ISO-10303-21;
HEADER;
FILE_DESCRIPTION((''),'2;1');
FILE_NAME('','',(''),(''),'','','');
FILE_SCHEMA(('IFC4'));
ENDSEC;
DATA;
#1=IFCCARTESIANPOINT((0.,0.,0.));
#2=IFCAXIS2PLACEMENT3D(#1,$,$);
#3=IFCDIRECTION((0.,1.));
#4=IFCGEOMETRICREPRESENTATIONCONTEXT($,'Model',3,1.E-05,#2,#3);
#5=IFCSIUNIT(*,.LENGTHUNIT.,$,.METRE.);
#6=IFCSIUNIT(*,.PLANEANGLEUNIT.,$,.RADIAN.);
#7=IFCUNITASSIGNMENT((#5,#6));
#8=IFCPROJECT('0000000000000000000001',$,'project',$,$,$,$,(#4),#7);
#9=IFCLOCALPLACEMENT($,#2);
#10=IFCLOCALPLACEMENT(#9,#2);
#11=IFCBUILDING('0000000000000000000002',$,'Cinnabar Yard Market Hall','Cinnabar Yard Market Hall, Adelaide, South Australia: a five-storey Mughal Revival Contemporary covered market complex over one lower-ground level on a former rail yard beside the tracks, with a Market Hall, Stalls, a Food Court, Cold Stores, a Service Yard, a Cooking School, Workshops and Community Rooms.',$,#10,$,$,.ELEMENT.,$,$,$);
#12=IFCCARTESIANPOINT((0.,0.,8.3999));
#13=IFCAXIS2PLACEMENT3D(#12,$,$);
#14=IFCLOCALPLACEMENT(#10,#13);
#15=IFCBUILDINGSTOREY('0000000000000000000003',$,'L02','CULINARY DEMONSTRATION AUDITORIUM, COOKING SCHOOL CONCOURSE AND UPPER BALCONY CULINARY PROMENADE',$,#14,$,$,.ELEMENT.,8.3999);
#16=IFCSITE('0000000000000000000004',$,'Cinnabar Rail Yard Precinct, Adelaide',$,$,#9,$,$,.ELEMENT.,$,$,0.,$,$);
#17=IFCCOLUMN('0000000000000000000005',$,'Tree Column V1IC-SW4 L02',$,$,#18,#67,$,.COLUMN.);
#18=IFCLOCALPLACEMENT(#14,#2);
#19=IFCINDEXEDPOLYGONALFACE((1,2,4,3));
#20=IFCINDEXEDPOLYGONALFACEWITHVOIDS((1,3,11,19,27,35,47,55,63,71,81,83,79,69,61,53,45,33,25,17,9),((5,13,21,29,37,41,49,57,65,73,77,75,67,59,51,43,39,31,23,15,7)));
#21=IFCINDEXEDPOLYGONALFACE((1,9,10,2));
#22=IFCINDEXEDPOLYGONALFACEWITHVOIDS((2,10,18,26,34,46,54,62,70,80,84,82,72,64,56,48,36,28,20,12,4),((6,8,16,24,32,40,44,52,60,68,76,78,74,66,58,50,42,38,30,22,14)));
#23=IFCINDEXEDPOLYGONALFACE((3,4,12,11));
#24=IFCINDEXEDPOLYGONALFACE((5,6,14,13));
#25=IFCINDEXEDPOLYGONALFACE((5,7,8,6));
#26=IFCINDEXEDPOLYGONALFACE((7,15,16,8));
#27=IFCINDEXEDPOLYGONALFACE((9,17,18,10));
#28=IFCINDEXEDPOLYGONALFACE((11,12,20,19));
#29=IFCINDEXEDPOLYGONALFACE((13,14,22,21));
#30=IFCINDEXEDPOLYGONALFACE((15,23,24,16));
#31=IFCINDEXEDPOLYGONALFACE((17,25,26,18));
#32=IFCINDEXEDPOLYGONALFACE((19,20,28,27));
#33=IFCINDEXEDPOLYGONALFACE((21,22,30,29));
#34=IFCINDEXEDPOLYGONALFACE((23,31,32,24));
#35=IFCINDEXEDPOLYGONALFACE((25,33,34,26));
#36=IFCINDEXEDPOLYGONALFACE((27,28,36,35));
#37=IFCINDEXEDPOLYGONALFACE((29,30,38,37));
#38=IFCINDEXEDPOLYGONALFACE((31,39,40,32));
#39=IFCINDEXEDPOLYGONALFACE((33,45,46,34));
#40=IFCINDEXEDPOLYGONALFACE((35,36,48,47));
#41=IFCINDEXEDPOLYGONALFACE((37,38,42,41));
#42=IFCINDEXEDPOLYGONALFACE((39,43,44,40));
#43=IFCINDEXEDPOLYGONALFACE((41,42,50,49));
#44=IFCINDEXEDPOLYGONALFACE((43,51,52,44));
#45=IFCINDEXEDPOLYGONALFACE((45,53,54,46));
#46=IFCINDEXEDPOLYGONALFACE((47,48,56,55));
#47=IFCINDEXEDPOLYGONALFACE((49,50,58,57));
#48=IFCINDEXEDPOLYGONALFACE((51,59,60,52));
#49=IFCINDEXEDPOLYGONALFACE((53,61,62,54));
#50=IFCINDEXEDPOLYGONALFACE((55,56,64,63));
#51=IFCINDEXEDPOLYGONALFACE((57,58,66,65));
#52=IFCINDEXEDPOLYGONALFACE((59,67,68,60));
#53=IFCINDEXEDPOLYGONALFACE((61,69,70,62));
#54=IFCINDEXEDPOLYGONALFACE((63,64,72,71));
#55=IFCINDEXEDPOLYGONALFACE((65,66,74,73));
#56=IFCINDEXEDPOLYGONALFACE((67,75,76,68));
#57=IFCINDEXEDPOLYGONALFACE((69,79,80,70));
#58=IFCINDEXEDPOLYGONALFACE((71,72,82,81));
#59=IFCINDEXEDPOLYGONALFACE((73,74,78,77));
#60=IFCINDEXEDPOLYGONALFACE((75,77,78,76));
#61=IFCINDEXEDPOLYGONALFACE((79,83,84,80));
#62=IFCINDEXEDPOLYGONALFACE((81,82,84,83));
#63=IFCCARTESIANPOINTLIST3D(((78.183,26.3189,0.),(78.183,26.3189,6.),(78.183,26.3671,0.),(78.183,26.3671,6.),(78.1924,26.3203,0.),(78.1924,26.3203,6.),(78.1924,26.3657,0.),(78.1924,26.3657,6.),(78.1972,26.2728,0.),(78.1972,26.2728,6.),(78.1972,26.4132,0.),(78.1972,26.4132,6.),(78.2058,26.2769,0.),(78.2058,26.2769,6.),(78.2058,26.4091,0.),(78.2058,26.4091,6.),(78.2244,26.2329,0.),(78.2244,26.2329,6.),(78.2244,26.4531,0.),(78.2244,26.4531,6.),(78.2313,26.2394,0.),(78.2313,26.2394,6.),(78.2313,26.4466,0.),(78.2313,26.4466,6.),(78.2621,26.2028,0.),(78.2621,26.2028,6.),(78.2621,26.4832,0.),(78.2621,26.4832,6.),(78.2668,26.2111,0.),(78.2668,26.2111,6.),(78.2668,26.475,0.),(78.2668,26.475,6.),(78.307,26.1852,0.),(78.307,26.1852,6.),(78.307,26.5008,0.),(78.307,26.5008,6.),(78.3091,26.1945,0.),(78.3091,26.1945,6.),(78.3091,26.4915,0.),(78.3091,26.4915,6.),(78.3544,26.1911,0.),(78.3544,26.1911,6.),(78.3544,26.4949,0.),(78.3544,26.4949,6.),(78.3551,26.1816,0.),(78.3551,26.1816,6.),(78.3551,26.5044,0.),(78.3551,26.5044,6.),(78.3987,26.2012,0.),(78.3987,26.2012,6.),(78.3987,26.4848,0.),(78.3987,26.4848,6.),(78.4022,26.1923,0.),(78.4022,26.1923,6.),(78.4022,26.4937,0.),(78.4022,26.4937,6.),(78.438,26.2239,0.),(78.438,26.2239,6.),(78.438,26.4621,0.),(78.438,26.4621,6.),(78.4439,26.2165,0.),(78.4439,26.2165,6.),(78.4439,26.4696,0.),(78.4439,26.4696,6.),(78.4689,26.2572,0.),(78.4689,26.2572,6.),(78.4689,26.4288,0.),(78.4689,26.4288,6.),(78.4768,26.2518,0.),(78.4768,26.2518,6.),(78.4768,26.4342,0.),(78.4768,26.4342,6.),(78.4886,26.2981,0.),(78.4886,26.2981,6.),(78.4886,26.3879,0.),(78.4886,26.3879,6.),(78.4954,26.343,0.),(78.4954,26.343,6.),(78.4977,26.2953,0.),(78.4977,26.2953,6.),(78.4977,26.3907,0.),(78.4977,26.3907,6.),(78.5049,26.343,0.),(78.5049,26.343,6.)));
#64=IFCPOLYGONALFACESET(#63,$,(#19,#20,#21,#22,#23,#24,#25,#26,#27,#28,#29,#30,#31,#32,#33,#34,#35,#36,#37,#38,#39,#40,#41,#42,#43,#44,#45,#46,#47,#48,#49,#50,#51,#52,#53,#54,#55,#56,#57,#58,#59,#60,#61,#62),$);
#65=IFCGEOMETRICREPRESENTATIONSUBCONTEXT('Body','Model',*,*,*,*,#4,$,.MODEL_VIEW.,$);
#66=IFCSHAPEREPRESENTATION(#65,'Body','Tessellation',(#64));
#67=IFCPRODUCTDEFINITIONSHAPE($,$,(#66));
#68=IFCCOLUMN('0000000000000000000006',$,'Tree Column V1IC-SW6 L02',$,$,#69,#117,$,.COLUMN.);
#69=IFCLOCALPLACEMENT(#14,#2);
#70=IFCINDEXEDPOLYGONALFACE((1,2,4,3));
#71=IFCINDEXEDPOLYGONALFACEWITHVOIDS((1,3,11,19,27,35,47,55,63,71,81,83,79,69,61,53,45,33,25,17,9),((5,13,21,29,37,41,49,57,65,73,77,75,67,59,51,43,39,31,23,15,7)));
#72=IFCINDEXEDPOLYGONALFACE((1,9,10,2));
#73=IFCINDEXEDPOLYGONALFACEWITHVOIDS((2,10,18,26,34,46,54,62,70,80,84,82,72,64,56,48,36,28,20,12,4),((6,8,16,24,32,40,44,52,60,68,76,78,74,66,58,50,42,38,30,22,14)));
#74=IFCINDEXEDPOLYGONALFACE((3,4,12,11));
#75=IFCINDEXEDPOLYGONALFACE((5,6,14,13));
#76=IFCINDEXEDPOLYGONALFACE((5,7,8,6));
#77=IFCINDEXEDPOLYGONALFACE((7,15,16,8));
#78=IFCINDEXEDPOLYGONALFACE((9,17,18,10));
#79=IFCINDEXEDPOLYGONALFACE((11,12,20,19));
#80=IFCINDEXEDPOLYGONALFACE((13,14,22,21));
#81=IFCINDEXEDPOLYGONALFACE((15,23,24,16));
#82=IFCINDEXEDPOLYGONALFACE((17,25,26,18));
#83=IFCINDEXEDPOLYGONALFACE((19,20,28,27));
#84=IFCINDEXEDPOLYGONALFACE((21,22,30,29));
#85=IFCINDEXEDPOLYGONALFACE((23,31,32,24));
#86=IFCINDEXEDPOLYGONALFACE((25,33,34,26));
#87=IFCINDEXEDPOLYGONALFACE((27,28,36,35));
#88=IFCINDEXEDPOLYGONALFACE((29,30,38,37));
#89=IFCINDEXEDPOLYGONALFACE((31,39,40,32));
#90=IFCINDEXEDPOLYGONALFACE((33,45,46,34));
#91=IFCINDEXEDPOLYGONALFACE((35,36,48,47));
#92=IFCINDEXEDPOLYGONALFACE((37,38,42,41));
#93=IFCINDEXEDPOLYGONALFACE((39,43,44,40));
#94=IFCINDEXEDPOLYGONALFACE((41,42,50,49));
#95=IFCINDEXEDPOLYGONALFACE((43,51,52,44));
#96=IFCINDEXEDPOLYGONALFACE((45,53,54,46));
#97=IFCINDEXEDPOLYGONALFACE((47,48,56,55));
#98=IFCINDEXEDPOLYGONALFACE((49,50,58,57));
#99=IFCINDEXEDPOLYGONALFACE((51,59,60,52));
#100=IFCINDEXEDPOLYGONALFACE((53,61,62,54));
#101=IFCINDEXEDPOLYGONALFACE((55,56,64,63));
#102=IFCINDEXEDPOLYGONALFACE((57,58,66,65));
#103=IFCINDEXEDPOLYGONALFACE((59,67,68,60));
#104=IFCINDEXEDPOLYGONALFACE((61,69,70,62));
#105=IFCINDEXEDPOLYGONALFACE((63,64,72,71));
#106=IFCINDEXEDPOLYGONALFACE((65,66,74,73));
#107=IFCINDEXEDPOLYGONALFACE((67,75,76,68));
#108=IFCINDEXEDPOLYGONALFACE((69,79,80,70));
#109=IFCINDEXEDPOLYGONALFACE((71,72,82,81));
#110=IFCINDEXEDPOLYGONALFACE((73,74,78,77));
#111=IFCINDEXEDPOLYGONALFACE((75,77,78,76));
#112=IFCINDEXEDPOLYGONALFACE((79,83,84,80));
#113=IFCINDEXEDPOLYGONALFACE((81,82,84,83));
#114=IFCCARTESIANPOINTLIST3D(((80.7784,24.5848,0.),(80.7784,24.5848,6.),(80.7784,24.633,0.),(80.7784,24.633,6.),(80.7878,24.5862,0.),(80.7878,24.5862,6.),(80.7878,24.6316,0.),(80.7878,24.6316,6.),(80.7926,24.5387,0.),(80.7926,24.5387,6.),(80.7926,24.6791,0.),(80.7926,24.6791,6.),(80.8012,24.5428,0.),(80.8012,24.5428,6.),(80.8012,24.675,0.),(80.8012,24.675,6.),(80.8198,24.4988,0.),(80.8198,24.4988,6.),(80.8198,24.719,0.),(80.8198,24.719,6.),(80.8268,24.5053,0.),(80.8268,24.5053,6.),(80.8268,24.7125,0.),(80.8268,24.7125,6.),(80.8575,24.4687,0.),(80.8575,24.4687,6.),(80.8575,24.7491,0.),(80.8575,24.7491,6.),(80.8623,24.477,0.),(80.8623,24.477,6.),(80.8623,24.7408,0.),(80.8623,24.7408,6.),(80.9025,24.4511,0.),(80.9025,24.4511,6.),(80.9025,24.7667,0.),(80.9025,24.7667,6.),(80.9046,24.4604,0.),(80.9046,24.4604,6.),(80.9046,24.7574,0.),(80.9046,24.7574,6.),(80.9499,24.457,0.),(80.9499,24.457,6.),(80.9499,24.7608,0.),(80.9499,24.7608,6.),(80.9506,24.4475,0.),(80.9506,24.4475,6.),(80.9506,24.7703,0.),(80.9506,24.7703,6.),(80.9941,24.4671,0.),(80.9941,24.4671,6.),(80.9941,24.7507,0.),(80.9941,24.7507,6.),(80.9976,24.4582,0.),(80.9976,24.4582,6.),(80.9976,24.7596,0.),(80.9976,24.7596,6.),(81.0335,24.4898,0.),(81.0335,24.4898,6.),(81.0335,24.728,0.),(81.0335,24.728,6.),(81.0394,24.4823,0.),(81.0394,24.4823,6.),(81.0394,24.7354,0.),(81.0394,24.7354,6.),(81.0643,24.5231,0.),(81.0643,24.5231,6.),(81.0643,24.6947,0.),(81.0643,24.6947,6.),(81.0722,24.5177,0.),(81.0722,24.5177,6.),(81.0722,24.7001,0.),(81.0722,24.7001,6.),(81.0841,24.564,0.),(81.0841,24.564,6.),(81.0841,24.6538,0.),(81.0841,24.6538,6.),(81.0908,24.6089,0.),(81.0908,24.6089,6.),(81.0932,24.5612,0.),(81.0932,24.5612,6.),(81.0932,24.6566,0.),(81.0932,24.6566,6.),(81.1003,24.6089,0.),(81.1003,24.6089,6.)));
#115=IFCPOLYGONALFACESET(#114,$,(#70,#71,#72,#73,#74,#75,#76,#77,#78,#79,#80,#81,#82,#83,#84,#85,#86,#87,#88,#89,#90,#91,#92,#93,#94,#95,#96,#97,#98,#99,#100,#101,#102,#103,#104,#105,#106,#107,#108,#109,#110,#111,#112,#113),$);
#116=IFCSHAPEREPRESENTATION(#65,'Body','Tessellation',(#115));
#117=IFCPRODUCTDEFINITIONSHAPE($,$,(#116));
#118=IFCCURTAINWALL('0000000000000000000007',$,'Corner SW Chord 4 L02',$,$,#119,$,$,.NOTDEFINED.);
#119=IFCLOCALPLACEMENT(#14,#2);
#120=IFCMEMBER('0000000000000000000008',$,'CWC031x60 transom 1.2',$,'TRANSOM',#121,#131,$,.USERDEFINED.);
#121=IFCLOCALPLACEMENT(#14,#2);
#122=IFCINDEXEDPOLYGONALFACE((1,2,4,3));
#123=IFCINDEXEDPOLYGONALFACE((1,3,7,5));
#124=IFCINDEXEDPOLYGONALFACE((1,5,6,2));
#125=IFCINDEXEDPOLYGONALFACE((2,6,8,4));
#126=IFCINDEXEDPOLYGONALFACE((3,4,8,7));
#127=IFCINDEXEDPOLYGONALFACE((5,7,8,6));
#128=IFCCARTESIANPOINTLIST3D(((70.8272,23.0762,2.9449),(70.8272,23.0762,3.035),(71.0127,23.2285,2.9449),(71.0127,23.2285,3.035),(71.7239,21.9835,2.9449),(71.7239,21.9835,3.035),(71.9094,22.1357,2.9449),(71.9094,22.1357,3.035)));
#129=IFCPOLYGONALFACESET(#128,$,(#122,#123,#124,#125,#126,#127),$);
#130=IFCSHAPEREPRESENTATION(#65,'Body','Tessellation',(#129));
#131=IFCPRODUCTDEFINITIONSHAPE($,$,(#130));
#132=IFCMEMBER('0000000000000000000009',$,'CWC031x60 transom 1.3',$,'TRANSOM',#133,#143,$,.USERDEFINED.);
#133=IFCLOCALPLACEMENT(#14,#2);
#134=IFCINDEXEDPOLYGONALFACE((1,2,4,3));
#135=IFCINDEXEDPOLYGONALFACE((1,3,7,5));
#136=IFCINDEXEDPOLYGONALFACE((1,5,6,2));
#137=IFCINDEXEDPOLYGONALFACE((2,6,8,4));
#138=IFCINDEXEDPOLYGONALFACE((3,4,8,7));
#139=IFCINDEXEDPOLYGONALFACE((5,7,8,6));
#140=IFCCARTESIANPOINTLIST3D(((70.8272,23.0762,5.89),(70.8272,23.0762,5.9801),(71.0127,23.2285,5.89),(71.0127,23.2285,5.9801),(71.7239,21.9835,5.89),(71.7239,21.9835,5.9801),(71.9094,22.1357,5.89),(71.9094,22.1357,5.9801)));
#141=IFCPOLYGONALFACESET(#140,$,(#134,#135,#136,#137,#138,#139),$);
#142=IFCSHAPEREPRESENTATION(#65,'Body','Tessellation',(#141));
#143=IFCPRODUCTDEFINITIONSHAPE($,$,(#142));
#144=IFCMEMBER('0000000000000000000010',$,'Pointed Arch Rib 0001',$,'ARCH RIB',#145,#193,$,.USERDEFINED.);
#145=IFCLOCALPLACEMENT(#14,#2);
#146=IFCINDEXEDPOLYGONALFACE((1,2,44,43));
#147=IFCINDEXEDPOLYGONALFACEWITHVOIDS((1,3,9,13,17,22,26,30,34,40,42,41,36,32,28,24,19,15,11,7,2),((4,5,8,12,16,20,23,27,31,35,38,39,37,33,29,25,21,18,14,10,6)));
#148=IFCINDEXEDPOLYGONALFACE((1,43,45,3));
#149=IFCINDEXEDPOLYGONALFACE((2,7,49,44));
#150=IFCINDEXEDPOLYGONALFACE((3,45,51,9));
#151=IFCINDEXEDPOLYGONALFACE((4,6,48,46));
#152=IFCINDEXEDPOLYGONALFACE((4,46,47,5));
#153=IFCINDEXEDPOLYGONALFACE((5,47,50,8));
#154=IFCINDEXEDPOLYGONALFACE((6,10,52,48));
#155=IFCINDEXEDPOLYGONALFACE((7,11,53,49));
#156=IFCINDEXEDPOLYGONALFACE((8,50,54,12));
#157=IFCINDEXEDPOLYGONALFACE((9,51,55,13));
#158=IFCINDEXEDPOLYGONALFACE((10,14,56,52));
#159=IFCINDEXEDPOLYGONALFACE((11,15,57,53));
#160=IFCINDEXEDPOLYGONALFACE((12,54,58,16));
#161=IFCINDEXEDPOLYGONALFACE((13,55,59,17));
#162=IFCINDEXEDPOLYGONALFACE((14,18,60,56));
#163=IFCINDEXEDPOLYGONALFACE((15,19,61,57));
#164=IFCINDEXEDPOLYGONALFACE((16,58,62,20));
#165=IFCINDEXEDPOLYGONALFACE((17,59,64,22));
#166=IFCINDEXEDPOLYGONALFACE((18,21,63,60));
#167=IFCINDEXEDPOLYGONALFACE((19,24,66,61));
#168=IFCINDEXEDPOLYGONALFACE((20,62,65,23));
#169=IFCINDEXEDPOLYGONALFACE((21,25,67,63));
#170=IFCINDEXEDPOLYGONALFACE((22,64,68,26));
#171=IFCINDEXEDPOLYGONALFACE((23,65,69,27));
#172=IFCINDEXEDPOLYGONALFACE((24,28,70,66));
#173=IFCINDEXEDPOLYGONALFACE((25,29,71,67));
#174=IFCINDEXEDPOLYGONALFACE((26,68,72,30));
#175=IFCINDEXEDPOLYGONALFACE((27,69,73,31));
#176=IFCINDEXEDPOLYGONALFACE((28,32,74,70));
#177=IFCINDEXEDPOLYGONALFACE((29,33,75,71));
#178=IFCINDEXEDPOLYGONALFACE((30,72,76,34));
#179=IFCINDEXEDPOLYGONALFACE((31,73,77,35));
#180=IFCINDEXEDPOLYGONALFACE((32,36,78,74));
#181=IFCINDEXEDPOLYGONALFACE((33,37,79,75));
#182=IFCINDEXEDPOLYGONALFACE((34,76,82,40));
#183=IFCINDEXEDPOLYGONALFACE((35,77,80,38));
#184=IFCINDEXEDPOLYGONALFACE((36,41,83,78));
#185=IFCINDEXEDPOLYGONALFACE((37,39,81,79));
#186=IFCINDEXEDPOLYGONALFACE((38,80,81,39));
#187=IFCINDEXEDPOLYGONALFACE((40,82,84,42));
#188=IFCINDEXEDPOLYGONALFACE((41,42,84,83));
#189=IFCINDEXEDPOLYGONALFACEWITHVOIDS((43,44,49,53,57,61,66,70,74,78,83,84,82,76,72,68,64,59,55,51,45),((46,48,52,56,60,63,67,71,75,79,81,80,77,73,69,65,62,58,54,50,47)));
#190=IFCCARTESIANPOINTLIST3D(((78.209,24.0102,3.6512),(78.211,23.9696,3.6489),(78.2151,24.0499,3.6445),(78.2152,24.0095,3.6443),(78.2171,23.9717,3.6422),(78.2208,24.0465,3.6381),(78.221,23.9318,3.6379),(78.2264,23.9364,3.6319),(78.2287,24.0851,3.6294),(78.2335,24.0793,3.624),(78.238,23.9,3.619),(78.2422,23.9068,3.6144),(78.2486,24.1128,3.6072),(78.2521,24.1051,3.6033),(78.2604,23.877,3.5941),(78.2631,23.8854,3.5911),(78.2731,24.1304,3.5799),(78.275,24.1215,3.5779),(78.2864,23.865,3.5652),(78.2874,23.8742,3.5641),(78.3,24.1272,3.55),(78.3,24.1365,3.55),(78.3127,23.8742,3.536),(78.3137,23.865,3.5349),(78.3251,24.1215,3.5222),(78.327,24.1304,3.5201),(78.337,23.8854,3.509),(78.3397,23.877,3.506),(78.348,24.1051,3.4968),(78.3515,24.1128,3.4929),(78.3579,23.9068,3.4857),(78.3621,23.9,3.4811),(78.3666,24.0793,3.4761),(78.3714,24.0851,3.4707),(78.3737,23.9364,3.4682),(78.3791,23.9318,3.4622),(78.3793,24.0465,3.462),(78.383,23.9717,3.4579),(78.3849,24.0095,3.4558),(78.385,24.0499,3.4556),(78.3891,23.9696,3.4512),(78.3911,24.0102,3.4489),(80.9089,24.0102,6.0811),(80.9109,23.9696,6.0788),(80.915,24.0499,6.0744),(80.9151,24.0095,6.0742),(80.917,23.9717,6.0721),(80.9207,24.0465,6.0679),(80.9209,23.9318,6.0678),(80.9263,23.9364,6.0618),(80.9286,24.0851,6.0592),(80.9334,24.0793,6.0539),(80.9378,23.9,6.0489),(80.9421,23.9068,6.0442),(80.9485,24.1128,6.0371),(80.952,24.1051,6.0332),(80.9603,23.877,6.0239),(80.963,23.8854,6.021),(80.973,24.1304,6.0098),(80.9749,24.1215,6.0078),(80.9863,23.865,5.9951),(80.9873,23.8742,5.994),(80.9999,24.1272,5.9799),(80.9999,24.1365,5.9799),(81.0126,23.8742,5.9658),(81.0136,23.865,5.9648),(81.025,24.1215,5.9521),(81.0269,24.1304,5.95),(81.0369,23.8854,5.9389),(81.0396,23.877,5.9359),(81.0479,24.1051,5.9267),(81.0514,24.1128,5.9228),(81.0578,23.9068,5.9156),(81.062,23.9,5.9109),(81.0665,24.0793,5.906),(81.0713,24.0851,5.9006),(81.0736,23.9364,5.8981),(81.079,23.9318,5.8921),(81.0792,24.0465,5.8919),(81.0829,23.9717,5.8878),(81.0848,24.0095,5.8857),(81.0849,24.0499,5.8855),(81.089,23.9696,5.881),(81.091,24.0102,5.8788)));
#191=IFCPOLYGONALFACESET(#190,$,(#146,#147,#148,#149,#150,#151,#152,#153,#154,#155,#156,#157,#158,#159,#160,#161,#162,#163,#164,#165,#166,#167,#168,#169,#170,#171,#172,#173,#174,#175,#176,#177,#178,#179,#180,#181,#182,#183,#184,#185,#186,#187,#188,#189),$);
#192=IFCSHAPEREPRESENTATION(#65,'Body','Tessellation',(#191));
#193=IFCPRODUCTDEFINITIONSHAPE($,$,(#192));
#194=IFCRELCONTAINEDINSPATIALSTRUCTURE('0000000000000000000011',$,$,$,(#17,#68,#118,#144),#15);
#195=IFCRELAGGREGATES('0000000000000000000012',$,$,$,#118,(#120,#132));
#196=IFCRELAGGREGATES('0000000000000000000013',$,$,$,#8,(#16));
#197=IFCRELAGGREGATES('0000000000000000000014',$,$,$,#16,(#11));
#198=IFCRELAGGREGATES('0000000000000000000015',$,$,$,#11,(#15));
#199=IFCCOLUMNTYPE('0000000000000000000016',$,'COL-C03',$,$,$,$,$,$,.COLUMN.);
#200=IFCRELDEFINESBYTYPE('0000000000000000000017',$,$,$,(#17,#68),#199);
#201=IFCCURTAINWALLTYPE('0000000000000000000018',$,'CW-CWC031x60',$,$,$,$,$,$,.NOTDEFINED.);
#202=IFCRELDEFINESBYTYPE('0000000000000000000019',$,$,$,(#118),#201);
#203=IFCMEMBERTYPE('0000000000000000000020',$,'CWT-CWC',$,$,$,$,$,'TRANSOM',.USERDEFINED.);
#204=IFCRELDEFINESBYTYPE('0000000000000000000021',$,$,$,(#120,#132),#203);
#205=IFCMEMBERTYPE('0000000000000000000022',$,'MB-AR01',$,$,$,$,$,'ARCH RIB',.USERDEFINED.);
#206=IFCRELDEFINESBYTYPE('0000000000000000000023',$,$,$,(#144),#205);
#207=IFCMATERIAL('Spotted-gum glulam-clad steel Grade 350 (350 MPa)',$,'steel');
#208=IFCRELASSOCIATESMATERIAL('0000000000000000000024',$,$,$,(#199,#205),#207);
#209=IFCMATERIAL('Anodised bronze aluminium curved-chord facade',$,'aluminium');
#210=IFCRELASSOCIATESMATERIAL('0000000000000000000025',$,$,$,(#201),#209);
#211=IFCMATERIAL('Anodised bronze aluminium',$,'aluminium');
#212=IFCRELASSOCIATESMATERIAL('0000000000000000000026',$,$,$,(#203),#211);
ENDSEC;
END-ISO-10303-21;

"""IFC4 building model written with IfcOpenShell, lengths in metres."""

from ifc_helpers import new_model, si_unit, direction, frame, origin, origin_2d_with_axis, place, context, subcontext, project, spatial, rectangle, hollow_circle, extrude, material, material_profile, profile_set, type_object, element, aggregate, save


model = new_model("IFC4")

# Units and contexts
model_context = context("Model", 3, precision=1e-05, world=origin(), true_north=direction((0.0, 1.0)))
body_context = subcontext(model_context, "Body", "Model", "MODEL_VIEW")
ifc_project = project(units=[si_unit("LENGTHUNIT", "METRE"), si_unit("PLANEANGLEUNIT", "RADIAN")], contexts=[model_context])

# Site, building, storey
site_placement = place(None, origin())
site = spatial("IfcSite", under=ifc_project, at=site_placement, Name="Cinnabar Rail Yard Precinct, Adelaide", CompositionType="ELEMENT", RefElevation=0.0)
building_placement = place(site_placement, origin())
building = spatial("IfcBuilding", under=site, at=building_placement, Name="Cinnabar Yard Market Hall", Description="Cinnabar Yard Market Hall, Adelaide, South Australia: a five-storey Mughal Revival Contemporary covered market complex over one lower-ground level on a former rail yard beside the tracks, with a Market Hall, Stalls, a Food Court, Cold Stores, a Service Yard, a Cooking School, Workshops and Community Rooms.", CompositionType="ELEMENT")
storey_placement = place(building_placement, frame((0.0, 0.0, 8.3999)))
storey = spatial("IfcBuildingStorey", under=building, at=storey_placement, Name="L02", Description="CULINARY DEMONSTRATION AUDITORIUM, COOKING SCHOOL CONCOURSE AND UPPER BALCONY CULINARY PROMENADE", CompositionType="ELEMENT", Elevation=8.3999)

# Columns
ifc_material_1 = material(Name="Spotted-gum glulam-clad steel Grade 350 (350 MPa)", Category="steel")
ifc_material_profile_1 = material_profile(ifc_material_1, hollow_circle(Radius=0.1619, WallThickness=0.0095, at=origin_2d_with_axis()), Name="323.9x9.5CHS")
ifc_profile_set_1 = profile_set([ifc_material_profile_1], Name="Spotted-gum glulam-clad steel Grade 350 (350 MPa)")
column_type_1 = type_object("IfcColumnType", Name="COL-C03", PredefinedType="COLUMN", material=ifc_profile_set_1)
for number, where, z_axis, x_axis, name in (
    (1, (78.343, 26.343, 0.0), (0.0, 0.0, 1.0), (1.0, 0.0, 0.0), "Tree Column V1IC-SW4 L02"),
    (2, (80.9385, 24.6089, 0.0), (0.0, 0.0, 1.0), (1.0, 0.0, 0.0), "Tree Column V1IC-SW6 L02"),
):
    element("IfcColumn", number, at=place(storey_placement, frame(where, z_axis=z_axis, x_axis=x_axis)), inside=storey, type_object=column_type_1, Name=name, PredefinedType="COLUMN", context=body_context, shape_type="SweptSolid", body=[
        extrude(hollow_circle(Radius=0.1619, WallThickness=0.0095, at=origin_2d_with_axis()), origin(), (0.0, 0.0, 1.0), 6.0),
    ])

# Curtain wall, members
ifc_material_2 = material(Name="Anodised bronze aluminium curved-chord facade", Category="aluminium")
curtain_wall_type = type_object("IfcCurtainWallType", Name="CW-CWC031x60", PredefinedType="NOTDEFINED", material=ifc_material_2)
curtain_wall_placement = place(storey_placement, origin())
curtain_wall = element("IfcCurtainWall", 3, at=curtain_wall_placement, inside=storey, type_object=curtain_wall_type, Name="Corner SW Chord 4 L02", PredefinedType="NOTDEFINED")
ifc_material_3 = material(Name="Anodised bronze aluminium", Category="aluminium")
ifc_material_profile_2 = material_profile(ifc_material_3, rectangle(XDim=0.24, YDim=0.0901, at=origin_2d_with_axis()), Name="TRN-CWC")
ifc_profile_set_2 = profile_set([ifc_material_profile_2], Name="Anodised bronze aluminium")
member_type_1 = type_object("IfcMemberType", Name="CWT-CWC", ElementType="TRANSOM", PredefinedType="USERDEFINED", material=ifc_profile_set_2)
member_1_placement = place(storey_placement, frame((70.9199, 23.1523, 2.99), z_axis=(0.634356, -0.773041, 0.0), x_axis=(0.773041, 0.634356, 0.0)))
member_1 = element("IfcMember", 4, at=member_1_placement, type_object=member_type_1, Name="CWC031x60 transom 1.2", ObjectType="TRANSOM", PredefinedType="USERDEFINED", context=body_context, shape_type="SweptSolid", body=[
    extrude(rectangle(XDim=0.24, YDim=0.0901, at=origin_2d_with_axis()), origin(), (0.0, 0.0, 1.0), 1.4136),
])
member_2_placement = place(storey_placement, frame((70.9199, 23.1523, 5.9351), z_axis=(0.634356, -0.773041, 0.0), x_axis=(0.773041, 0.634356, 0.0)))
member_2 = element("IfcMember", 5, at=member_2_placement, type_object=member_type_1, Name="CWC031x60 transom 1.3", ObjectType="TRANSOM", PredefinedType="USERDEFINED", context=body_context, shape_type="SweptSolid", body=[
    extrude(rectangle(XDim=0.24, YDim=0.0901, at=origin_2d_with_axis()), origin(), (0.0, 0.0, 1.0), 1.4136),
])

# Member
ifc_material_profile_3 = material_profile(ifc_material_1, hollow_circle(Radius=0.1365, WallThickness=0.0093, at=origin_2d_with_axis()), Name="273.1x9.3CHS")
ifc_profile_set_3 = profile_set([ifc_material_profile_3], Name="Spotted-gum glulam-clad steel Grade 350 (350 MPa)")
member_type_2 = type_object("IfcMemberType", Name="MB-AR01", ElementType="ARCH RIB", PredefinedType="USERDEFINED", material=ifc_profile_set_3)
for number, where, z_axis, x_axis, name in (
    (6, (78.3, 24.0, 3.55), (0.743297, 0.0, 0.668961), (0.0, 1.0, 0.0), "Pointed Arch Rib 0001"),
):
    element("IfcMember", number, at=place(storey_placement, frame(where, z_axis=z_axis, x_axis=x_axis)), inside=storey, type_object=member_type_2, Name=name, ObjectType="ARCH RIB", PredefinedType="USERDEFINED", context=body_context, shape_type="SweptSolid", body=[
        extrude(hollow_circle(Radius=0.1365, WallThickness=0.0093, at=origin_2d_with_axis()), origin(), (0.0, 0.0, 1.0), 3.6323),
    ])

aggregate(curtain_wall, [member_1, member_2])

save(model, "model.ifc")
